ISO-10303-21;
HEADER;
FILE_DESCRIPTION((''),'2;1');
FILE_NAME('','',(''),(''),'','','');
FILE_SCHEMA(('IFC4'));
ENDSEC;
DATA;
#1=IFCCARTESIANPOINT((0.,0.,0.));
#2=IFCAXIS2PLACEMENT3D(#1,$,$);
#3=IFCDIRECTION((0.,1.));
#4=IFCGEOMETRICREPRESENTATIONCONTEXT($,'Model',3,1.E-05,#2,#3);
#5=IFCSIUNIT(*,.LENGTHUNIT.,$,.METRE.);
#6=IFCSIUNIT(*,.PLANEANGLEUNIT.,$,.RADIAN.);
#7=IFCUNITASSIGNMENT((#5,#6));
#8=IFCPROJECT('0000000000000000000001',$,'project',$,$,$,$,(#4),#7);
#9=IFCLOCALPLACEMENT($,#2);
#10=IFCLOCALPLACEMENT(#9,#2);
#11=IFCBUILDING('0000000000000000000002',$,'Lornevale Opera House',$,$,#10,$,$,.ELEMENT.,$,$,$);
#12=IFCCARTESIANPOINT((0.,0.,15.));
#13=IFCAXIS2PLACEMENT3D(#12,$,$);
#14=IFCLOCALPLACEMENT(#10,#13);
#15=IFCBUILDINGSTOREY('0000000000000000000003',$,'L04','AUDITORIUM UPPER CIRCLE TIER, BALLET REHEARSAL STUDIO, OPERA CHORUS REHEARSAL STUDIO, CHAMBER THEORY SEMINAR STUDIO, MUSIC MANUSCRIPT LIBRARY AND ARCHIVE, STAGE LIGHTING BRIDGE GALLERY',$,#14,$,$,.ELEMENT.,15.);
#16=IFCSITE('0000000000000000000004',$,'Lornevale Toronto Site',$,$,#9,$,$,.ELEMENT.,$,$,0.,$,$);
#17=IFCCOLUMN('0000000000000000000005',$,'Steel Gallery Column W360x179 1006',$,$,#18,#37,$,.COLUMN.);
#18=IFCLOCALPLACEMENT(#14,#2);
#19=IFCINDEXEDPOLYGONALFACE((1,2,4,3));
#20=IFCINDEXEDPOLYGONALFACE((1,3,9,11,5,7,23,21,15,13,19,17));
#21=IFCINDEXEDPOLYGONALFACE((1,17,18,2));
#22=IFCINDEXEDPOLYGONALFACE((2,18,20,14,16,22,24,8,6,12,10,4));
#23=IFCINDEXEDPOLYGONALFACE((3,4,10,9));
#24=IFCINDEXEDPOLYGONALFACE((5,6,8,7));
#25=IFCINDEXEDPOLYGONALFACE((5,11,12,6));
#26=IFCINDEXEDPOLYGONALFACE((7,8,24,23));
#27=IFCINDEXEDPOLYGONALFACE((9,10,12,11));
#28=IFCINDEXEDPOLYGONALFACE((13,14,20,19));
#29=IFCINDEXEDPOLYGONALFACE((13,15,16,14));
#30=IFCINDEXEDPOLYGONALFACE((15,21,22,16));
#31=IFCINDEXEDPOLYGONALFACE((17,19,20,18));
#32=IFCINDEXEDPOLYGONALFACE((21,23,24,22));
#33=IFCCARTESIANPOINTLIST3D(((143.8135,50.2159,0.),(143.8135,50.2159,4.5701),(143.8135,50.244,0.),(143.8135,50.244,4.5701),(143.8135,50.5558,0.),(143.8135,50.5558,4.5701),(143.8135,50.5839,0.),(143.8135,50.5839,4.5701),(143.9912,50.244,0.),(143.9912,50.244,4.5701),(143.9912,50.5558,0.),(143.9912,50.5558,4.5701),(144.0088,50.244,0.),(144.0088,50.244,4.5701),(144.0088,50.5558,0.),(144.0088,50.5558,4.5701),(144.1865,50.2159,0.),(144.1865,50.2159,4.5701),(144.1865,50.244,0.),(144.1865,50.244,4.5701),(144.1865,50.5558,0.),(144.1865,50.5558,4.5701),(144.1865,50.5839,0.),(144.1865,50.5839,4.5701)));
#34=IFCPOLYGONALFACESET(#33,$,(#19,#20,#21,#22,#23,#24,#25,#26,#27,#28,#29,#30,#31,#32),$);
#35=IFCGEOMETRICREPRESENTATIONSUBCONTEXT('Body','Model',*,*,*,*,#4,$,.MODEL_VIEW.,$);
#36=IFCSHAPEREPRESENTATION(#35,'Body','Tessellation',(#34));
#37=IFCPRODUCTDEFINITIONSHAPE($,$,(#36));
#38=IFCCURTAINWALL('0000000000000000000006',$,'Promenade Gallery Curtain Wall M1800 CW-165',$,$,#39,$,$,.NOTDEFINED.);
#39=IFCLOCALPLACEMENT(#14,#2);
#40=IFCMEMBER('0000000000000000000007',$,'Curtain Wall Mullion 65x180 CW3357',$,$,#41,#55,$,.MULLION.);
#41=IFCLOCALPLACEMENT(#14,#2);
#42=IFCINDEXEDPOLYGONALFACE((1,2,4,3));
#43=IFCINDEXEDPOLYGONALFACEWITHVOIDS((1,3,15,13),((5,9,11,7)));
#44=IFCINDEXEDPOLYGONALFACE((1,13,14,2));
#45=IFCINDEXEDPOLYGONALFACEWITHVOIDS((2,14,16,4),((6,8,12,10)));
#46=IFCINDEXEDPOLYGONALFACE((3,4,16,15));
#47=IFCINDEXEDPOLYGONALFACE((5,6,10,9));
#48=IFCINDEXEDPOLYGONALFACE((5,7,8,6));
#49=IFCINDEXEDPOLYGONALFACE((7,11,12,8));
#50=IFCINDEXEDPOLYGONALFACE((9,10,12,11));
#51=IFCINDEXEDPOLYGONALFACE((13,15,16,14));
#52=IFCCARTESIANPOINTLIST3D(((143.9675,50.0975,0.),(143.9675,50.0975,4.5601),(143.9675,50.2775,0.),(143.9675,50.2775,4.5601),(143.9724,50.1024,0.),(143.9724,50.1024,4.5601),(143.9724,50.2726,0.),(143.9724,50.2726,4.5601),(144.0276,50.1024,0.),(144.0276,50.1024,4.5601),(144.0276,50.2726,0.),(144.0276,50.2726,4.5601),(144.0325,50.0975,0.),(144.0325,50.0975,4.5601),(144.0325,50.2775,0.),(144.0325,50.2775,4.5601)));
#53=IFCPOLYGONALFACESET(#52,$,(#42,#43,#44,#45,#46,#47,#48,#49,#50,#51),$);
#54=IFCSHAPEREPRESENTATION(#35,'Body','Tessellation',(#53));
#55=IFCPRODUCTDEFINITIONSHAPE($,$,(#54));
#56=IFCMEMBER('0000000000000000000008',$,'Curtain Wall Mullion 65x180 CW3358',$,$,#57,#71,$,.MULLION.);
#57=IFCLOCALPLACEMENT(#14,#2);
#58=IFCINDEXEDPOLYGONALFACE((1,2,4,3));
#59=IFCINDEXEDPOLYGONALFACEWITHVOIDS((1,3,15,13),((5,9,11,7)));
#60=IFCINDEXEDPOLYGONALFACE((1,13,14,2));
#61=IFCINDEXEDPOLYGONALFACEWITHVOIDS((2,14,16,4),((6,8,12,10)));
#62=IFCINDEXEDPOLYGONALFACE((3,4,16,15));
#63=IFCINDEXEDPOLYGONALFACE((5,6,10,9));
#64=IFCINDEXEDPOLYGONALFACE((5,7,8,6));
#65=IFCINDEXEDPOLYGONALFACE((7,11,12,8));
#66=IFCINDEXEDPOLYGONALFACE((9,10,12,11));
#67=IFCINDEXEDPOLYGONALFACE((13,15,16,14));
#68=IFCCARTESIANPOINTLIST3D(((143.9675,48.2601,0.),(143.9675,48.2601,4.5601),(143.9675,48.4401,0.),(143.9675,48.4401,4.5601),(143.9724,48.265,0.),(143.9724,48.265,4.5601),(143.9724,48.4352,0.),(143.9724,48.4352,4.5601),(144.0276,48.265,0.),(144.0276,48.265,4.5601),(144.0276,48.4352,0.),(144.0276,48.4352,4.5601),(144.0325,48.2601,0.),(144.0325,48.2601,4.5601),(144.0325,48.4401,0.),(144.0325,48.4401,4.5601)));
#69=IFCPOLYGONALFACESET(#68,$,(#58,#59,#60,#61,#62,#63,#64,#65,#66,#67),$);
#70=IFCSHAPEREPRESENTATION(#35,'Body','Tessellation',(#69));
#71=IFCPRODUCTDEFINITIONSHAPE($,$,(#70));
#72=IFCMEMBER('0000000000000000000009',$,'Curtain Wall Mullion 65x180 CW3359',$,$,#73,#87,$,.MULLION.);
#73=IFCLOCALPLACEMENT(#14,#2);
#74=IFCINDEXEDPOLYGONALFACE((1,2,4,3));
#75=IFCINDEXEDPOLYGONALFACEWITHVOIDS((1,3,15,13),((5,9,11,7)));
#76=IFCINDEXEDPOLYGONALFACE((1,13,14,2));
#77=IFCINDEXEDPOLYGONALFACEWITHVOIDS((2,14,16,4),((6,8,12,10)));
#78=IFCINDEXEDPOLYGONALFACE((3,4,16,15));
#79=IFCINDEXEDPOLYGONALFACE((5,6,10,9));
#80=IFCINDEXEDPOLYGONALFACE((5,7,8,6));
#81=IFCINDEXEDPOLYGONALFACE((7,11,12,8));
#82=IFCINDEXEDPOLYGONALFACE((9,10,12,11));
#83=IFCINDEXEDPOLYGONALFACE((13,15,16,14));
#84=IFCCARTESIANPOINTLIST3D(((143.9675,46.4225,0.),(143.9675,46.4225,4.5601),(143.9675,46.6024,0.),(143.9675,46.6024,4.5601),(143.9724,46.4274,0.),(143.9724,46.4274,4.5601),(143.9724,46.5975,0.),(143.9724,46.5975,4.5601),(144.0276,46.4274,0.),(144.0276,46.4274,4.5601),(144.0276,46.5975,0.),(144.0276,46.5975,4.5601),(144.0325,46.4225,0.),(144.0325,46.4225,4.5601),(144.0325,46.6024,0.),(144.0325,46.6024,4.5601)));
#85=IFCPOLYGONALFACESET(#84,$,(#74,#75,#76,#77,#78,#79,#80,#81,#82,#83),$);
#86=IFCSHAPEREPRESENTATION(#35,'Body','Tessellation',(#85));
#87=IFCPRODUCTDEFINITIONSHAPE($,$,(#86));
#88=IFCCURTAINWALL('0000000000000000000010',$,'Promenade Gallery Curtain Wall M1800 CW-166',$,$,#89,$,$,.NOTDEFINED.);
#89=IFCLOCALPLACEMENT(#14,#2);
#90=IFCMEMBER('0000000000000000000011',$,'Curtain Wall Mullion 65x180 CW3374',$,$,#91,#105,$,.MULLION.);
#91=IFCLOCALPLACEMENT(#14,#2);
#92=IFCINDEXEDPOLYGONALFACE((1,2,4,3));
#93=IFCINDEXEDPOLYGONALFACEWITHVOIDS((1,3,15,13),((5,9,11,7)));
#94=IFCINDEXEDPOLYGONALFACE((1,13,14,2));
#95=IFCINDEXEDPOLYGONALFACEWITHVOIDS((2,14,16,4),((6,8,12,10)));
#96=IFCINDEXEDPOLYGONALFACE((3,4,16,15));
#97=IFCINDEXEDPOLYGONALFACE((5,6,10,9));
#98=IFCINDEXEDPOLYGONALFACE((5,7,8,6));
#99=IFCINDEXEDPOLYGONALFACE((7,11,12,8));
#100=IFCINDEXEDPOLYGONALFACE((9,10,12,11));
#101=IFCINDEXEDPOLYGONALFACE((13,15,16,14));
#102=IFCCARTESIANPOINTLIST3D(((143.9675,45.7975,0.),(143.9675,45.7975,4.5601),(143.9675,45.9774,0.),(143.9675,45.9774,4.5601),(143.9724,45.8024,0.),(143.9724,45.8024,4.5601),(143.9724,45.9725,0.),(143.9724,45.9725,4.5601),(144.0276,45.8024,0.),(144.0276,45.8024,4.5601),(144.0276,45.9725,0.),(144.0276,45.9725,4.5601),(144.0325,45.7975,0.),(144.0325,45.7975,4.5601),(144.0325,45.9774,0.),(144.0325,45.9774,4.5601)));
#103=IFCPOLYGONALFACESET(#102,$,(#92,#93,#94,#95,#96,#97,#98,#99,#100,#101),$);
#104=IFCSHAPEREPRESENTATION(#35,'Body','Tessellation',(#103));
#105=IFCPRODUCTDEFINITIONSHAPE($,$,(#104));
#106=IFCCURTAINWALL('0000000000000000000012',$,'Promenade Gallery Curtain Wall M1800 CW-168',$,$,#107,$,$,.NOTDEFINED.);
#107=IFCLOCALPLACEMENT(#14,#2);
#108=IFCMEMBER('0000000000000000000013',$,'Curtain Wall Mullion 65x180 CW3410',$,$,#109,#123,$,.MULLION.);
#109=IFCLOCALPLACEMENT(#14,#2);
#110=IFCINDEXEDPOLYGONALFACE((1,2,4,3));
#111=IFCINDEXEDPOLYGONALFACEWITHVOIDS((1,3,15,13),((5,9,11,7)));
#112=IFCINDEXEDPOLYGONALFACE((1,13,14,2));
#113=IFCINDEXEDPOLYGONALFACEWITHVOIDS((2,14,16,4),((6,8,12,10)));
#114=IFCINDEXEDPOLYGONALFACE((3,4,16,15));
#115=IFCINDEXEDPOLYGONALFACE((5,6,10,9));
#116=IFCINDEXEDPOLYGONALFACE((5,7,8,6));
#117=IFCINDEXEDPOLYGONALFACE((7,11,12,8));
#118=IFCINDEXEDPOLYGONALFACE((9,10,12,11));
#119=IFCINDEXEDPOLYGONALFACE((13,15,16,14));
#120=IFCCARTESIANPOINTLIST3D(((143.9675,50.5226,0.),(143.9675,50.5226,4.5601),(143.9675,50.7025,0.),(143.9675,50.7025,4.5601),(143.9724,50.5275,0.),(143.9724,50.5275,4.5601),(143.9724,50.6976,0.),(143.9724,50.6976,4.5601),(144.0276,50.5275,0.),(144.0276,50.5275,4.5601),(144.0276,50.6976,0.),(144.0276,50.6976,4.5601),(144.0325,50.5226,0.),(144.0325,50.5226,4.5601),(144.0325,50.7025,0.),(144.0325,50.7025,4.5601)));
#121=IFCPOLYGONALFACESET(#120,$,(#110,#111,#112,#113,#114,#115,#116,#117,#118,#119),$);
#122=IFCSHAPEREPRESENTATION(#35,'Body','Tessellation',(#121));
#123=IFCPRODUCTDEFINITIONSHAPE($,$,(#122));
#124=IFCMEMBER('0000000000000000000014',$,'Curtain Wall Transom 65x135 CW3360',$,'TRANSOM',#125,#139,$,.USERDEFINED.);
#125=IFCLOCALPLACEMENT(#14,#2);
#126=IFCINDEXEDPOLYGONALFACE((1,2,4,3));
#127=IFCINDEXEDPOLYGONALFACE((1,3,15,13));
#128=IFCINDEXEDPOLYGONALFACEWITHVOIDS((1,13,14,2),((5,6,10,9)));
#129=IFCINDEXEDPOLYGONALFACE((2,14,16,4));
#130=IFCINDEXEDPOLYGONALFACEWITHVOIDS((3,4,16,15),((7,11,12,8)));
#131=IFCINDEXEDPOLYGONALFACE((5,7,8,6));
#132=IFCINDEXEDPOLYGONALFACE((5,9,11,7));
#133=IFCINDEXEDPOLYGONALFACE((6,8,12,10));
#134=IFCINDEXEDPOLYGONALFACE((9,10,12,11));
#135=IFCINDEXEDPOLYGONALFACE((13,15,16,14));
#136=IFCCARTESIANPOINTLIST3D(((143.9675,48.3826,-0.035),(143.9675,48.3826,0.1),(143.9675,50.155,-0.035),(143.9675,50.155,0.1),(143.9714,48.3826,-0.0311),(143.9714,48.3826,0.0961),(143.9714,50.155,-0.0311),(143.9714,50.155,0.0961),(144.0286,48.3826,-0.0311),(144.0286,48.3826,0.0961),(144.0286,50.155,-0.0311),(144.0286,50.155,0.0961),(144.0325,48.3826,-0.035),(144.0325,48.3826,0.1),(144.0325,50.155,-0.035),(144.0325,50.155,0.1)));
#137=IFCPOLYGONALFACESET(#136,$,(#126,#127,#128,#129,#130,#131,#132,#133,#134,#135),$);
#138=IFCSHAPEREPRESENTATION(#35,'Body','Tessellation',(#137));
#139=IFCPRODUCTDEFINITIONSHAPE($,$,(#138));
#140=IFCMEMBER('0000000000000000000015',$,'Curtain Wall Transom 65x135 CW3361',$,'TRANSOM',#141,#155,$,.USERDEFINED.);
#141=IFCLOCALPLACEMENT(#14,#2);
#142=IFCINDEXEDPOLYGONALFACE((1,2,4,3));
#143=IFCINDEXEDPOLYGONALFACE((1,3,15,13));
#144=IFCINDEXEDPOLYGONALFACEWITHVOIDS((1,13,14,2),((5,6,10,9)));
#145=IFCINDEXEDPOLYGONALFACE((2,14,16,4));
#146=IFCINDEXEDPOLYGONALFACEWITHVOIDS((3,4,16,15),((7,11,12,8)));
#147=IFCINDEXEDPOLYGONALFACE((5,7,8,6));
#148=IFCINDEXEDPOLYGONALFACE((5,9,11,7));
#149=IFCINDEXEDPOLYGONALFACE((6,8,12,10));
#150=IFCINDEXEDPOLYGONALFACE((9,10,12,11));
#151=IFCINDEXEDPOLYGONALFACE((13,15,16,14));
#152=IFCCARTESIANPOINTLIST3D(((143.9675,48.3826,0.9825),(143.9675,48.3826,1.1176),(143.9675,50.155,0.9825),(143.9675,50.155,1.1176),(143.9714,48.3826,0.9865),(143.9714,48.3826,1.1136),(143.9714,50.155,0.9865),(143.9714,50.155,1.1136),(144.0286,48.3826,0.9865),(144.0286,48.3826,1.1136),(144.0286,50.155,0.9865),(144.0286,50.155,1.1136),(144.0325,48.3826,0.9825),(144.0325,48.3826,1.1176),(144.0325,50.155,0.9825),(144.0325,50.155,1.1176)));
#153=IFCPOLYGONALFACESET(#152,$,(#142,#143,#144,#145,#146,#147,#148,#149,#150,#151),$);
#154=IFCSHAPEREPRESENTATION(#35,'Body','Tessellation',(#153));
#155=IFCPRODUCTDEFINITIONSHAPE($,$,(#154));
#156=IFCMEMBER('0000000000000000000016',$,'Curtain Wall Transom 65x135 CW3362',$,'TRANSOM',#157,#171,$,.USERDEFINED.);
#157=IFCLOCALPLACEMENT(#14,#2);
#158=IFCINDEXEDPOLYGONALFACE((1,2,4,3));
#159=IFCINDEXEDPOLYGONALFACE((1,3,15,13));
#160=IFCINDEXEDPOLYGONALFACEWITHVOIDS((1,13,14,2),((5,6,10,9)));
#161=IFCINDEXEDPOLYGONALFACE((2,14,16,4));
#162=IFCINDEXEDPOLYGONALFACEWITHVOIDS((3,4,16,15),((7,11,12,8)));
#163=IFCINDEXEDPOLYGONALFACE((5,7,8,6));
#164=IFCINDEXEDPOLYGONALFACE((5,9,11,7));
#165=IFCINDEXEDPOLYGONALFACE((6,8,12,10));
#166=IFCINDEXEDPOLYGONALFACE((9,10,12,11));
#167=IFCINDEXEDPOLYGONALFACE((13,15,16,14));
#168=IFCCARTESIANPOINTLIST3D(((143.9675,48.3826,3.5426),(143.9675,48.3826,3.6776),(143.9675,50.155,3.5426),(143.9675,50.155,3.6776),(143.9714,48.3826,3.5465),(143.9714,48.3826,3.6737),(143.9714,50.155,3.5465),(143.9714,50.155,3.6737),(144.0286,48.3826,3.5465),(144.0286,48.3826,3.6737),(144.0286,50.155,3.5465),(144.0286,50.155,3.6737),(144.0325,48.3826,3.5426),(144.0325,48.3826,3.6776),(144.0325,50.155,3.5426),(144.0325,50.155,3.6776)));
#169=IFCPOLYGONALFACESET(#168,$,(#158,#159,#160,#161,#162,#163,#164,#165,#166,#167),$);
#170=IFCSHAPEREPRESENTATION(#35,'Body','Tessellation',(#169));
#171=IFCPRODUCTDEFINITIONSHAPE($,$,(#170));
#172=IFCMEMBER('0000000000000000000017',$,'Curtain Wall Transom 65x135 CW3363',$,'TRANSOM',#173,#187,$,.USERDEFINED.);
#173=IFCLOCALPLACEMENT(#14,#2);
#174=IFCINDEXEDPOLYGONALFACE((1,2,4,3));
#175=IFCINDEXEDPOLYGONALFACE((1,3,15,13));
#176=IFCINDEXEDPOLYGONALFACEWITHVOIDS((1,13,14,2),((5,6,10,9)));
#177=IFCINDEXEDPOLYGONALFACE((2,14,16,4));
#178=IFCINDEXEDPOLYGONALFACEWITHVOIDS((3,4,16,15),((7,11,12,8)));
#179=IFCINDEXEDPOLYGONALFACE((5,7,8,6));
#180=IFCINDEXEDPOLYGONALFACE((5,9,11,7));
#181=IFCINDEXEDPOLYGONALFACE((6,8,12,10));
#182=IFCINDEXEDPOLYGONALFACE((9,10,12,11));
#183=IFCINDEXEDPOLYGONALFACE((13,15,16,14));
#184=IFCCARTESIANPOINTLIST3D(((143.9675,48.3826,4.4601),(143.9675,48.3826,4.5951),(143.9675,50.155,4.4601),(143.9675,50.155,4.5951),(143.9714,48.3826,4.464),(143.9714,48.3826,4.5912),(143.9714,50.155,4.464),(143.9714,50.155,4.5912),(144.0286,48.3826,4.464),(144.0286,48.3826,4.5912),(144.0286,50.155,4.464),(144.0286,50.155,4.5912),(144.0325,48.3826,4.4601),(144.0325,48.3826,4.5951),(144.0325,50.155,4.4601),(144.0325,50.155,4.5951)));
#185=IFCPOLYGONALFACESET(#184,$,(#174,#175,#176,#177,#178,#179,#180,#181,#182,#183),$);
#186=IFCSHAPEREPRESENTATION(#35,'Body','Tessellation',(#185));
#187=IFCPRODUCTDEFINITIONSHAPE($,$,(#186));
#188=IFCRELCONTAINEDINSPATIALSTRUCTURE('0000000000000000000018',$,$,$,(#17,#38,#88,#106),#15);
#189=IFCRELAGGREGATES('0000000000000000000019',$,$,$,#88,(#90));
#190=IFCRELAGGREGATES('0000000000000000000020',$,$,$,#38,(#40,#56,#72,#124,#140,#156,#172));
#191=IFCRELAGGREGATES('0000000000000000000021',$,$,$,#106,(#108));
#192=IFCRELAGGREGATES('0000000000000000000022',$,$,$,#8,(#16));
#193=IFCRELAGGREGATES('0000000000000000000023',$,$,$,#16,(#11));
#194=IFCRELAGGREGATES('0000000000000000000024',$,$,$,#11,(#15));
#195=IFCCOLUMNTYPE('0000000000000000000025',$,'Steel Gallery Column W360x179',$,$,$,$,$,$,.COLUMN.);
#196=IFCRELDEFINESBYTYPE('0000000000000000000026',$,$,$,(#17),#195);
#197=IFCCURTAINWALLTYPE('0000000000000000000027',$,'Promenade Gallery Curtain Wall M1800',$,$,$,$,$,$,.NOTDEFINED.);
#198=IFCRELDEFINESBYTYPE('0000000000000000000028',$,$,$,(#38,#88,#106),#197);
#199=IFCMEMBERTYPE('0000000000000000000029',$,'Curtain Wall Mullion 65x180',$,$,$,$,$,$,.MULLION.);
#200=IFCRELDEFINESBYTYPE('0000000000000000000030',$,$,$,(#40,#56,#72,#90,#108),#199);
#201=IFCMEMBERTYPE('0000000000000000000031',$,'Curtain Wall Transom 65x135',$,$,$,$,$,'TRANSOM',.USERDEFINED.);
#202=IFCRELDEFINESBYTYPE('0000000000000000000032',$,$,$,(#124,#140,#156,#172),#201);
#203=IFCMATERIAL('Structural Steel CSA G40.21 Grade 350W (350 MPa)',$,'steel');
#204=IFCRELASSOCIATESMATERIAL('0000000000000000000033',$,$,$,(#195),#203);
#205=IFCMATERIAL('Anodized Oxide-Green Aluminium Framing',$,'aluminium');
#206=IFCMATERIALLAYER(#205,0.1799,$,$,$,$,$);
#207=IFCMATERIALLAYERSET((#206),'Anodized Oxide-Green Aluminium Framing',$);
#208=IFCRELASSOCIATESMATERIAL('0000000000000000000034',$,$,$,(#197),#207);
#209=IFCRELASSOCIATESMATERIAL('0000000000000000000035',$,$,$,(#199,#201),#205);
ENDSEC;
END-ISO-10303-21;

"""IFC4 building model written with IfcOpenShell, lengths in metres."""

from ifc_helpers import new_model, si_unit, direction, frame, origin, origin_2d, place, context, subcontext, project, spatial, hollow_rectangle, i_section, extrude, material, layer, layer_set, material_profile, profile_set, type_object, element, aggregate, save


model = new_model("IFC4")

# Units and contexts
model_context = context("Model", 3, precision=1e-05, world=origin(), true_north=direction((0.0, 1.0)))
body_context = subcontext(model_context, "Body", "Model", "MODEL_VIEW")
ifc_project = project(units=[si_unit("LENGTHUNIT", "METRE"), si_unit("PLANEANGLEUNIT", "RADIAN")], contexts=[model_context])

# Site, building, storey
site_placement = place(None, origin())
site = spatial("IfcSite", under=ifc_project, at=site_placement, Name="Lornevale Toronto Site", CompositionType="ELEMENT", RefElevation=0.0)
building_placement = place(site_placement, origin())
building = spatial("IfcBuilding", under=site, at=building_placement, Name="Lornevale Opera House", CompositionType="ELEMENT")
storey_placement = place(building_placement, frame((0.0, 0.0, 15.0)))
storey = spatial("IfcBuildingStorey", under=building, at=storey_placement, Name="L04", Description="AUDITORIUM UPPER CIRCLE TIER, BALLET REHEARSAL STUDIO, OPERA CHORUS REHEARSAL STUDIO, CHAMBER THEORY SEMINAR STUDIO, MUSIC MANUSCRIPT LIBRARY AND ARCHIVE, STAGE LIGHTING BRIDGE GALLERY", CompositionType="ELEMENT", Elevation=15.0)

# Column
ifc_material_1 = material(Name="Structural Steel CSA G40.21 Grade 350W (350 MPa)", Category="steel")
ifc_material_profile_1 = material_profile(ifc_material_1, i_section(OverallWidth=0.373, OverallDepth=0.3679, WebThickness=0.0176, FlangeThickness=0.0281, at=origin_2d()), Name="W360x179")
ifc_profile_set_1 = profile_set([ifc_material_profile_1], Name="Structural Steel CSA G40.21 Grade 350W (350 MPa)")
column_type = type_object("IfcColumnType", Name="Steel Gallery Column W360x179", PredefinedType="COLUMN", material=ifc_profile_set_1)
column_placement = place(storey_placement, frame((144.0, 50.3999, 0.0), z_axis=(0.0, 0.0, 1.0), x_axis=(1.0, 0.0, 0.0)))
element("IfcColumn", 1, at=column_placement, inside=storey, type_object=column_type, Name="Steel Gallery Column W360x179 1006", PredefinedType="COLUMN", context=body_context, shape_type="SweptSolid", body=[
    extrude(i_section(OverallWidth=0.373, OverallDepth=0.3679, WebThickness=0.0176, FlangeThickness=0.0281, at=origin_2d()), origin(), (0.0, 0.0, 1.0), 4.5701),
])

# Curtain wall, members
ifc_material_2 = material(Name="Anodized Oxide-Green Aluminium Framing", Category="aluminium")
ifc_layer_1 = layer(ifc_material_2, 0.1799)
ifc_layer_set_1 = layer_set([ifc_layer_1], Name="Anodized Oxide-Green Aluminium Framing")
curtain_wall_type = type_object("IfcCurtainWallType", Name="Promenade Gallery Curtain Wall M1800", PredefinedType="NOTDEFINED", material=ifc_layer_set_1)
curtain_wall_1_placement = place(storey_placement, origin())
curtain_wall_1 = element("IfcCurtainWall", 2, at=curtain_wall_1_placement, inside=storey, type_object=curtain_wall_type, Name="Promenade Gallery Curtain Wall M1800 CW-165", PredefinedType="NOTDEFINED")
ifc_material_profile_2 = material_profile(ifc_material_2, hollow_rectangle(XDim=0.0649, YDim=0.1799, WallThickness=0.0049, at=origin_2d()), Name="ALU65x180x5")
ifc_profile_set_2 = profile_set([ifc_material_profile_2], Name="Anodized Oxide-Green Aluminium Framing")
member_type_1 = type_object("IfcMemberType", Name="Curtain Wall Mullion 65x180", PredefinedType="MULLION", material=ifc_profile_set_2)
member_1_placement = place(storey_placement, frame((144.0, 50.1875, 0.0), z_axis=(0.0, 0.0, 1.0), x_axis=(1.0, 0.0, 0.0)))
member_1 = element("IfcMember", 3, at=member_1_placement, type_object=member_type_1, Name="Curtain Wall Mullion 65x180 CW3357", PredefinedType="MULLION", context=body_context, shape_type="SweptSolid", body=[
    extrude(hollow_rectangle(XDim=0.0649, YDim=0.1799, WallThickness=0.0049, at=origin_2d()), origin(), (0.0, 0.0, 1.0), 4.5601),
])
member_2_placement = place(storey_placement, frame((144.0, 48.3501, 0.0), z_axis=(0.0, 0.0, 1.0), x_axis=(1.0, 0.0, 0.0)))
member_2 = element("IfcMember", 4, at=member_2_placement, type_object=member_type_1, Name="Curtain Wall Mullion 65x180 CW3358", PredefinedType="MULLION", context=body_context, shape_type="SweptSolid", body=[
    extrude(hollow_rectangle(XDim=0.0649, YDim=0.1799, WallThickness=0.0049, at=origin_2d()), origin(), (0.0, 0.0, 1.0), 4.5601),
])
member_3_placement = place(storey_placement, frame((144.0, 46.5125, 0.0), z_axis=(0.0, 0.0, 1.0), x_axis=(1.0, 0.0, 0.0)))
member_3 = element("IfcMember", 5, at=member_3_placement, type_object=member_type_1, Name="Curtain Wall Mullion 65x180 CW3359", PredefinedType="MULLION", context=body_context, shape_type="SweptSolid", body=[
    extrude(hollow_rectangle(XDim=0.0649, YDim=0.1799, WallThickness=0.0049, at=origin_2d()), origin(), (0.0, 0.0, 1.0), 4.5601),
])

# Curtain walls, members
curtain_wall_2_placement = place(storey_placement, origin())
curtain_wall_2 = element("IfcCurtainWall", 6, at=curtain_wall_2_placement, inside=storey, type_object=curtain_wall_type, Name="Promenade Gallery Curtain Wall M1800 CW-166", PredefinedType="NOTDEFINED")
member_4_placement = place(storey_placement, frame((144.0, 45.8875, 0.0), z_axis=(0.0, 0.0, 1.0), x_axis=(1.0, 0.0, 0.0)))
member_4 = element("IfcMember", 7, at=member_4_placement, type_object=member_type_1, Name="Curtain Wall Mullion 65x180 CW3374", PredefinedType="MULLION", context=body_context, shape_type="SweptSolid", body=[
    extrude(hollow_rectangle(XDim=0.0649, YDim=0.1799, WallThickness=0.0049, at=origin_2d()), origin(), (0.0, 0.0, 1.0), 4.5601),
])
curtain_wall_3_placement = place(storey_placement, origin())
curtain_wall_3 = element("IfcCurtainWall", 8, at=curtain_wall_3_placement, inside=storey, type_object=curtain_wall_type, Name="Promenade Gallery Curtain Wall M1800 CW-168", PredefinedType="NOTDEFINED")
member_5_placement = place(storey_placement, frame((144.0, 50.6125, 0.0), z_axis=(0.0, 0.0, 1.0), x_axis=(1.0, 0.0, 0.0)))
member_5 = element("IfcMember", 9, at=member_5_placement, type_object=member_type_1, Name="Curtain Wall Mullion 65x180 CW3410", PredefinedType="MULLION", context=body_context, shape_type="SweptSolid", body=[
    extrude(hollow_rectangle(XDim=0.0649, YDim=0.1799, WallThickness=0.0049, at=origin_2d()), origin(), (0.0, 0.0, 1.0), 4.5601),
])

# Members
ifc_material_profile_3 = material_profile(ifc_material_2, hollow_rectangle(XDim=0.0649, YDim=0.135, WallThickness=0.0039, at=origin_2d()), Name="ALU65x135x4")
ifc_profile_set_3 = profile_set([ifc_material_profile_3], Name="Anodized Oxide-Green Aluminium Framing")
member_type_2 = type_object("IfcMemberType", Name="Curtain Wall Transom 65x135", ElementType="TRANSOM", PredefinedType="USERDEFINED", material=ifc_profile_set_3)
member_6_placement = place(storey_placement, frame((144.0, 50.155, 0.0325), z_axis=(0.0, -1.0, 0.0), x_axis=(1.0, 0.0, 0.0)))
member_6 = element("IfcMember", 10, at=member_6_placement, type_object=member_type_2, Name="Curtain Wall Transom 65x135 CW3360", ObjectType="TRANSOM", PredefinedType="USERDEFINED", context=body_context, shape_type="SweptSolid", body=[
    extrude(hollow_rectangle(XDim=0.0649, YDim=0.135, WallThickness=0.0039, at=origin_2d()), origin(), (0.0, 0.0, 1.0), 1.7725),
])
member_7_placement = place(storey_placement, frame((144.0, 50.155, 1.05), z_axis=(0.0, -1.0, 0.0), x_axis=(1.0, 0.0, 0.0)))
member_7 = element("IfcMember", 11, at=member_7_placement, type_object=member_type_2, Name="Curtain Wall Transom 65x135 CW3361", ObjectType="TRANSOM", PredefinedType="USERDEFINED", context=body_context, shape_type="SweptSolid", body=[
    extrude(hollow_rectangle(XDim=0.0649, YDim=0.135, WallThickness=0.0039, at=origin_2d()), origin(), (0.0, 0.0, 1.0), 1.7725),
])
member_8_placement = place(storey_placement, frame((144.0, 50.155, 3.6101), z_axis=(0.0, -1.0, 0.0), x_axis=(1.0, 0.0, 0.0)))
member_8 = element("IfcMember", 12, at=member_8_placement, type_object=member_type_2, Name="Curtain Wall Transom 65x135 CW3362", ObjectType="TRANSOM", PredefinedType="USERDEFINED", context=body_context, shape_type="SweptSolid", body=[
    extrude(hollow_rectangle(XDim=0.0649, YDim=0.135, WallThickness=0.0039, at=origin_2d()), origin(), (0.0, 0.0, 1.0), 1.7725),
])
member_9_placement = place(storey_placement, frame((144.0, 50.155, 4.5276), z_axis=(0.0, -1.0, 0.0), x_axis=(1.0, 0.0, 0.0)))
member_9 = element("IfcMember", 13, at=member_9_placement, type_object=member_type_2, Name="Curtain Wall Transom 65x135 CW3363", ObjectType="TRANSOM", PredefinedType="USERDEFINED", context=body_context, shape_type="SweptSolid", body=[
    extrude(hollow_rectangle(XDim=0.0649, YDim=0.135, WallThickness=0.0039, at=origin_2d()), origin(), (0.0, 0.0, 1.0), 1.7725),
])
aggregate(curtain_wall_2, [member_4])

aggregate(curtain_wall_1, [member_1, member_2, member_3, member_6, member_7, member_8, member_9])
aggregate(curtain_wall_3, [member_5])

save(model, "model.ifc")
